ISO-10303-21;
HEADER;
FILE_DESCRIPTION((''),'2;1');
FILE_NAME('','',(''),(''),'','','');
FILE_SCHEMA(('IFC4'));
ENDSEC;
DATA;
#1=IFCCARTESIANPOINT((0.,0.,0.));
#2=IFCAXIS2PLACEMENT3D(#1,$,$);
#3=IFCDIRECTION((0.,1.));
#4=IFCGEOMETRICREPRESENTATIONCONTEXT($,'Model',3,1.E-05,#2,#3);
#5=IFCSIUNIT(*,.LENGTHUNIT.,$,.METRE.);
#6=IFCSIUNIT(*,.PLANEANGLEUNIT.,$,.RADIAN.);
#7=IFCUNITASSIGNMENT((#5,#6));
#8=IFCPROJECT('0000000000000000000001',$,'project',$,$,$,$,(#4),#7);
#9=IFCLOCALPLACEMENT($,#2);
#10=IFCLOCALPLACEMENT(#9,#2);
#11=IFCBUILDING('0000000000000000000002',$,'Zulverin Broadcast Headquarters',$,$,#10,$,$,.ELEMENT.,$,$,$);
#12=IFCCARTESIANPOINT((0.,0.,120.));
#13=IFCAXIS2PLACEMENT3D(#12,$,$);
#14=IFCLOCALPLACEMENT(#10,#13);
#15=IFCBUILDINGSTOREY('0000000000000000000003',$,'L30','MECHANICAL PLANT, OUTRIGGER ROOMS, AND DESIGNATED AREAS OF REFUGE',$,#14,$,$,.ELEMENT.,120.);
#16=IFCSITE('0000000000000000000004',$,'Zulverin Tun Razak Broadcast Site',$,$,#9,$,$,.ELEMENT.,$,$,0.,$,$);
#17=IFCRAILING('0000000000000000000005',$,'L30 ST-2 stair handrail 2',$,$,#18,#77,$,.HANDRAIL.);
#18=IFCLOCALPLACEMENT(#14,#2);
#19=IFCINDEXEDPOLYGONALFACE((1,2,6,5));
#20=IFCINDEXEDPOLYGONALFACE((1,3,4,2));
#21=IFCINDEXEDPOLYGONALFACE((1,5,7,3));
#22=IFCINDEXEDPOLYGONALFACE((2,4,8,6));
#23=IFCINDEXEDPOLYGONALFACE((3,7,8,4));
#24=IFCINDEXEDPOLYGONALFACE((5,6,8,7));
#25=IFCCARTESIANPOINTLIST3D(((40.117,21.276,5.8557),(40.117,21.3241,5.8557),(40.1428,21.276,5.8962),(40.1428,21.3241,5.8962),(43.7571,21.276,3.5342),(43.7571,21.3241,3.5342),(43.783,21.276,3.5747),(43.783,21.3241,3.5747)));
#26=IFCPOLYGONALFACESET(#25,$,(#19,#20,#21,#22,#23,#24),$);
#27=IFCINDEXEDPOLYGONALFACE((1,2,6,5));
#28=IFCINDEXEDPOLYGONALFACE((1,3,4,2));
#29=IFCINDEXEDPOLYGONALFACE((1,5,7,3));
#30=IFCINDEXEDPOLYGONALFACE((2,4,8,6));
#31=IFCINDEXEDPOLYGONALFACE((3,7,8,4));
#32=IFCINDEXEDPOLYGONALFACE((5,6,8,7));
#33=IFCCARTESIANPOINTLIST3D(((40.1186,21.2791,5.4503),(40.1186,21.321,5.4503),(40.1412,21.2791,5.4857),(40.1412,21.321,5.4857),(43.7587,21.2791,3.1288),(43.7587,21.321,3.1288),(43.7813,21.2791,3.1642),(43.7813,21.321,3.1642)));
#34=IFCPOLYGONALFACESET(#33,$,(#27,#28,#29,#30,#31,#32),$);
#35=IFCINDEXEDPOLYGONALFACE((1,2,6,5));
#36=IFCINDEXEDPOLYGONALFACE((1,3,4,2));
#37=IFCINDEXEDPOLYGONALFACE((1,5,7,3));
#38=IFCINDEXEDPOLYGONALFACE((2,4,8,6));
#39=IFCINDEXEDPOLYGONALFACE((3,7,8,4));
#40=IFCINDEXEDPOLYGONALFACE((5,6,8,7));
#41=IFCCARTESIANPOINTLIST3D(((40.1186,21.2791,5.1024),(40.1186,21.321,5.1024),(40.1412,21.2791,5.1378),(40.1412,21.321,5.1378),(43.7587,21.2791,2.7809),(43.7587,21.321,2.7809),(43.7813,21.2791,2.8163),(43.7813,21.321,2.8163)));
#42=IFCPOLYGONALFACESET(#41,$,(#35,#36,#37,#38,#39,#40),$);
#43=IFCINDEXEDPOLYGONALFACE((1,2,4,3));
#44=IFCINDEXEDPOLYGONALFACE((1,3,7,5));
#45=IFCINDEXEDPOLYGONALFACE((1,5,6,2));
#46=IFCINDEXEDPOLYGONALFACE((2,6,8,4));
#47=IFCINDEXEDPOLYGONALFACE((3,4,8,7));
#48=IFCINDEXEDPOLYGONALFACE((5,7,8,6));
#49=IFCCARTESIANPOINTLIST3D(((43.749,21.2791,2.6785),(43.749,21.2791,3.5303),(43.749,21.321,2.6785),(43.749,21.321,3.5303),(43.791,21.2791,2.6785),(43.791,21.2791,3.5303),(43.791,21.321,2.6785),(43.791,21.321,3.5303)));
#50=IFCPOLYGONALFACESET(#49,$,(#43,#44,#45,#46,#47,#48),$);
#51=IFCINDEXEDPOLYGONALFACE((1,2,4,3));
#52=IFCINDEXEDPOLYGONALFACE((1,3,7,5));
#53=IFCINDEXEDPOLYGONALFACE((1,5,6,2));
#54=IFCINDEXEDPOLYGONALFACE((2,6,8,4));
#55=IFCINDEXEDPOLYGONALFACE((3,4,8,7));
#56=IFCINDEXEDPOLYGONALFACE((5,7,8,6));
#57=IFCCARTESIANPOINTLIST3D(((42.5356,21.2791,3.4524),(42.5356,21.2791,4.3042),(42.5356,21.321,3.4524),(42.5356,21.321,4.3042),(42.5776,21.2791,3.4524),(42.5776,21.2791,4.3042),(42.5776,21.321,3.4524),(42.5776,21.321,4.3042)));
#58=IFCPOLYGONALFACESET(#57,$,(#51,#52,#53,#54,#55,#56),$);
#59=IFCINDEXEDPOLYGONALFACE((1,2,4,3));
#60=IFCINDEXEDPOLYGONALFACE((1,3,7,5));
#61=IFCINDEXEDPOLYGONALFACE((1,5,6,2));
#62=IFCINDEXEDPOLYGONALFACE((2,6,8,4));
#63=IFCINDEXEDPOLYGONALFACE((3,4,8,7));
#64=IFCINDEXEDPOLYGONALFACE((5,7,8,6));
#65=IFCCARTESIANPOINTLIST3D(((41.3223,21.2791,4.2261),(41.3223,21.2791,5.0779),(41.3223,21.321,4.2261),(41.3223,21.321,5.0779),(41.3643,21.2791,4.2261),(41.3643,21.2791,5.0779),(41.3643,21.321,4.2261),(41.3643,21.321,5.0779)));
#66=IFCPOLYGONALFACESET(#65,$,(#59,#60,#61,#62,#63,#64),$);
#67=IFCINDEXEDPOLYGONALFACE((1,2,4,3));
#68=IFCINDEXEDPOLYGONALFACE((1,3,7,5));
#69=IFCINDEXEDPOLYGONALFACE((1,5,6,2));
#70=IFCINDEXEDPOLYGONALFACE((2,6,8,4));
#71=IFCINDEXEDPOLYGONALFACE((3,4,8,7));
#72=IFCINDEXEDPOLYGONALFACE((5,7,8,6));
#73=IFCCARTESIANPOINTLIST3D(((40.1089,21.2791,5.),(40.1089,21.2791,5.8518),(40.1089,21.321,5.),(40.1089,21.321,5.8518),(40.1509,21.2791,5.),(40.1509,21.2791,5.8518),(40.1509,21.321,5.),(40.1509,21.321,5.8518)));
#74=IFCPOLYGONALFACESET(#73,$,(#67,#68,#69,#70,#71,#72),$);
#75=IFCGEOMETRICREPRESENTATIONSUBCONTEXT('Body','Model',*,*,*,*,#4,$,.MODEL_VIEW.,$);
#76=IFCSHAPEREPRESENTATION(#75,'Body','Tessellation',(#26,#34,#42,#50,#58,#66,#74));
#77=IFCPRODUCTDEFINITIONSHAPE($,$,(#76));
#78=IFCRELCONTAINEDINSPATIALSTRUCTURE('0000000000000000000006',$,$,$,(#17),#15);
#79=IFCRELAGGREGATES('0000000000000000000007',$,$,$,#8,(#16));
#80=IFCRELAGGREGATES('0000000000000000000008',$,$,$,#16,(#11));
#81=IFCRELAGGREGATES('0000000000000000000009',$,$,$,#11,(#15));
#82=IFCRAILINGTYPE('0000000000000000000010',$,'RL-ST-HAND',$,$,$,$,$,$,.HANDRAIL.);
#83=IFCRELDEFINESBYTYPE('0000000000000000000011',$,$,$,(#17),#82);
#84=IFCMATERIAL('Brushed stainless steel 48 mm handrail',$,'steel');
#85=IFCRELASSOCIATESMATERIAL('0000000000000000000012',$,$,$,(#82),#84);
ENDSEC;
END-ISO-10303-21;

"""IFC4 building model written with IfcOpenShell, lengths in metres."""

from ifc_helpers import new_model, si_unit, direction, frame, origin, origin_2d, place, context, subcontext, project, spatial, rectangle, extrude, material, type_object, element, save


model = new_model("IFC4")

# Units and contexts
model_context = context("Model", 3, precision=1e-05, world=origin(), true_north=direction((0.0, 1.0)))
body_context = subcontext(model_context, "Body", "Model", "MODEL_VIEW")
ifc_project = project(units=[si_unit("LENGTHUNIT", "METRE"), si_unit("PLANEANGLEUNIT", "RADIAN")], contexts=[model_context])

# Site, building, storey
site_placement = place(None, origin())
site = spatial("IfcSite", under=ifc_project, at=site_placement, Name="Zulverin Tun Razak Broadcast Site", CompositionType="ELEMENT", RefElevation=0.0)
building_placement = place(site_placement, origin())
building = spatial("IfcBuilding", under=site, at=building_placement, Name="Zulverin Broadcast Headquarters", CompositionType="ELEMENT")
storey_placement = place(building_placement, frame((0.0, 0.0, 120.0)))
storey = spatial("IfcBuildingStorey", under=building, at=storey_placement, Name="L30", Description="MECHANICAL PLANT, OUTRIGGER ROOMS, AND DESIGNATED AREAS OF REFUGE", CompositionType="ELEMENT", Elevation=120.0)

# Railing
ifc_material_1 = material(Name="Brushed stainless steel 48 mm handrail", Category="steel")
railing_type_1 = type_object("IfcRailingType", Name="RL-ST-HAND", PredefinedType="HANDRAIL", material=ifc_material_1)
railing_1_placement = place(storey_placement, frame((43.77, 21.3, 2.6785)))
element("IfcRailing", 1, at=railing_1_placement, inside=storey, type_object=railing_type_1, Name="L30 ST-2 stair handrail 2", PredefinedType="HANDRAIL", context=body_context, shape_type="SweptSolid", body=[
    extrude(rectangle(XDim=0.0481, YDim=0.0481, at=origin_2d()), frame((0.0, 0.0, 0.876), z_axis=(-0.843128, 0.0, 0.537713), x_axis=(0.0, -1.0, 0.0)), (0.0, 0.0, 1.0), 4.3174),
    extrude(rectangle(XDim=0.042, YDim=0.042, at=origin_2d()), frame((0.0, 0.0, 0.468), z_axis=(-0.843128, 0.0, 0.537713), x_axis=(0.0, -1.0, 0.0)), (0.0, 0.0, 1.0), 4.3174),
    extrude(rectangle(XDim=0.042, YDim=0.042, at=origin_2d()), frame((0.0, 0.0, 0.1201), z_axis=(-0.843128, 0.0, 0.537713), x_axis=(0.0, -1.0, 0.0)), (0.0, 0.0, 1.0), 4.3174),
    extrude(rectangle(XDim=0.042, YDim=0.042, at=origin_2d()), origin(), (0.0, 0.0, 1.0), 0.8518),
    extrude(rectangle(XDim=0.042, YDim=0.042, at=origin_2d()), frame((-1.2134, 0.0, 0.7739)), (0.0, 0.0, 1.0), 0.8518),
    extrude(rectangle(XDim=0.042, YDim=0.042, at=origin_2d()), frame((-2.4268, 0.0, 1.5476)), (0.0, 0.0, 1.0), 0.8518),
    extrude(rectangle(XDim=0.042, YDim=0.042, at=origin_2d()), frame((-3.6401, 0.0, 2.3215)), (0.0, 0.0, 1.0), 0.8518),
])

save(model, "model.ifc")
